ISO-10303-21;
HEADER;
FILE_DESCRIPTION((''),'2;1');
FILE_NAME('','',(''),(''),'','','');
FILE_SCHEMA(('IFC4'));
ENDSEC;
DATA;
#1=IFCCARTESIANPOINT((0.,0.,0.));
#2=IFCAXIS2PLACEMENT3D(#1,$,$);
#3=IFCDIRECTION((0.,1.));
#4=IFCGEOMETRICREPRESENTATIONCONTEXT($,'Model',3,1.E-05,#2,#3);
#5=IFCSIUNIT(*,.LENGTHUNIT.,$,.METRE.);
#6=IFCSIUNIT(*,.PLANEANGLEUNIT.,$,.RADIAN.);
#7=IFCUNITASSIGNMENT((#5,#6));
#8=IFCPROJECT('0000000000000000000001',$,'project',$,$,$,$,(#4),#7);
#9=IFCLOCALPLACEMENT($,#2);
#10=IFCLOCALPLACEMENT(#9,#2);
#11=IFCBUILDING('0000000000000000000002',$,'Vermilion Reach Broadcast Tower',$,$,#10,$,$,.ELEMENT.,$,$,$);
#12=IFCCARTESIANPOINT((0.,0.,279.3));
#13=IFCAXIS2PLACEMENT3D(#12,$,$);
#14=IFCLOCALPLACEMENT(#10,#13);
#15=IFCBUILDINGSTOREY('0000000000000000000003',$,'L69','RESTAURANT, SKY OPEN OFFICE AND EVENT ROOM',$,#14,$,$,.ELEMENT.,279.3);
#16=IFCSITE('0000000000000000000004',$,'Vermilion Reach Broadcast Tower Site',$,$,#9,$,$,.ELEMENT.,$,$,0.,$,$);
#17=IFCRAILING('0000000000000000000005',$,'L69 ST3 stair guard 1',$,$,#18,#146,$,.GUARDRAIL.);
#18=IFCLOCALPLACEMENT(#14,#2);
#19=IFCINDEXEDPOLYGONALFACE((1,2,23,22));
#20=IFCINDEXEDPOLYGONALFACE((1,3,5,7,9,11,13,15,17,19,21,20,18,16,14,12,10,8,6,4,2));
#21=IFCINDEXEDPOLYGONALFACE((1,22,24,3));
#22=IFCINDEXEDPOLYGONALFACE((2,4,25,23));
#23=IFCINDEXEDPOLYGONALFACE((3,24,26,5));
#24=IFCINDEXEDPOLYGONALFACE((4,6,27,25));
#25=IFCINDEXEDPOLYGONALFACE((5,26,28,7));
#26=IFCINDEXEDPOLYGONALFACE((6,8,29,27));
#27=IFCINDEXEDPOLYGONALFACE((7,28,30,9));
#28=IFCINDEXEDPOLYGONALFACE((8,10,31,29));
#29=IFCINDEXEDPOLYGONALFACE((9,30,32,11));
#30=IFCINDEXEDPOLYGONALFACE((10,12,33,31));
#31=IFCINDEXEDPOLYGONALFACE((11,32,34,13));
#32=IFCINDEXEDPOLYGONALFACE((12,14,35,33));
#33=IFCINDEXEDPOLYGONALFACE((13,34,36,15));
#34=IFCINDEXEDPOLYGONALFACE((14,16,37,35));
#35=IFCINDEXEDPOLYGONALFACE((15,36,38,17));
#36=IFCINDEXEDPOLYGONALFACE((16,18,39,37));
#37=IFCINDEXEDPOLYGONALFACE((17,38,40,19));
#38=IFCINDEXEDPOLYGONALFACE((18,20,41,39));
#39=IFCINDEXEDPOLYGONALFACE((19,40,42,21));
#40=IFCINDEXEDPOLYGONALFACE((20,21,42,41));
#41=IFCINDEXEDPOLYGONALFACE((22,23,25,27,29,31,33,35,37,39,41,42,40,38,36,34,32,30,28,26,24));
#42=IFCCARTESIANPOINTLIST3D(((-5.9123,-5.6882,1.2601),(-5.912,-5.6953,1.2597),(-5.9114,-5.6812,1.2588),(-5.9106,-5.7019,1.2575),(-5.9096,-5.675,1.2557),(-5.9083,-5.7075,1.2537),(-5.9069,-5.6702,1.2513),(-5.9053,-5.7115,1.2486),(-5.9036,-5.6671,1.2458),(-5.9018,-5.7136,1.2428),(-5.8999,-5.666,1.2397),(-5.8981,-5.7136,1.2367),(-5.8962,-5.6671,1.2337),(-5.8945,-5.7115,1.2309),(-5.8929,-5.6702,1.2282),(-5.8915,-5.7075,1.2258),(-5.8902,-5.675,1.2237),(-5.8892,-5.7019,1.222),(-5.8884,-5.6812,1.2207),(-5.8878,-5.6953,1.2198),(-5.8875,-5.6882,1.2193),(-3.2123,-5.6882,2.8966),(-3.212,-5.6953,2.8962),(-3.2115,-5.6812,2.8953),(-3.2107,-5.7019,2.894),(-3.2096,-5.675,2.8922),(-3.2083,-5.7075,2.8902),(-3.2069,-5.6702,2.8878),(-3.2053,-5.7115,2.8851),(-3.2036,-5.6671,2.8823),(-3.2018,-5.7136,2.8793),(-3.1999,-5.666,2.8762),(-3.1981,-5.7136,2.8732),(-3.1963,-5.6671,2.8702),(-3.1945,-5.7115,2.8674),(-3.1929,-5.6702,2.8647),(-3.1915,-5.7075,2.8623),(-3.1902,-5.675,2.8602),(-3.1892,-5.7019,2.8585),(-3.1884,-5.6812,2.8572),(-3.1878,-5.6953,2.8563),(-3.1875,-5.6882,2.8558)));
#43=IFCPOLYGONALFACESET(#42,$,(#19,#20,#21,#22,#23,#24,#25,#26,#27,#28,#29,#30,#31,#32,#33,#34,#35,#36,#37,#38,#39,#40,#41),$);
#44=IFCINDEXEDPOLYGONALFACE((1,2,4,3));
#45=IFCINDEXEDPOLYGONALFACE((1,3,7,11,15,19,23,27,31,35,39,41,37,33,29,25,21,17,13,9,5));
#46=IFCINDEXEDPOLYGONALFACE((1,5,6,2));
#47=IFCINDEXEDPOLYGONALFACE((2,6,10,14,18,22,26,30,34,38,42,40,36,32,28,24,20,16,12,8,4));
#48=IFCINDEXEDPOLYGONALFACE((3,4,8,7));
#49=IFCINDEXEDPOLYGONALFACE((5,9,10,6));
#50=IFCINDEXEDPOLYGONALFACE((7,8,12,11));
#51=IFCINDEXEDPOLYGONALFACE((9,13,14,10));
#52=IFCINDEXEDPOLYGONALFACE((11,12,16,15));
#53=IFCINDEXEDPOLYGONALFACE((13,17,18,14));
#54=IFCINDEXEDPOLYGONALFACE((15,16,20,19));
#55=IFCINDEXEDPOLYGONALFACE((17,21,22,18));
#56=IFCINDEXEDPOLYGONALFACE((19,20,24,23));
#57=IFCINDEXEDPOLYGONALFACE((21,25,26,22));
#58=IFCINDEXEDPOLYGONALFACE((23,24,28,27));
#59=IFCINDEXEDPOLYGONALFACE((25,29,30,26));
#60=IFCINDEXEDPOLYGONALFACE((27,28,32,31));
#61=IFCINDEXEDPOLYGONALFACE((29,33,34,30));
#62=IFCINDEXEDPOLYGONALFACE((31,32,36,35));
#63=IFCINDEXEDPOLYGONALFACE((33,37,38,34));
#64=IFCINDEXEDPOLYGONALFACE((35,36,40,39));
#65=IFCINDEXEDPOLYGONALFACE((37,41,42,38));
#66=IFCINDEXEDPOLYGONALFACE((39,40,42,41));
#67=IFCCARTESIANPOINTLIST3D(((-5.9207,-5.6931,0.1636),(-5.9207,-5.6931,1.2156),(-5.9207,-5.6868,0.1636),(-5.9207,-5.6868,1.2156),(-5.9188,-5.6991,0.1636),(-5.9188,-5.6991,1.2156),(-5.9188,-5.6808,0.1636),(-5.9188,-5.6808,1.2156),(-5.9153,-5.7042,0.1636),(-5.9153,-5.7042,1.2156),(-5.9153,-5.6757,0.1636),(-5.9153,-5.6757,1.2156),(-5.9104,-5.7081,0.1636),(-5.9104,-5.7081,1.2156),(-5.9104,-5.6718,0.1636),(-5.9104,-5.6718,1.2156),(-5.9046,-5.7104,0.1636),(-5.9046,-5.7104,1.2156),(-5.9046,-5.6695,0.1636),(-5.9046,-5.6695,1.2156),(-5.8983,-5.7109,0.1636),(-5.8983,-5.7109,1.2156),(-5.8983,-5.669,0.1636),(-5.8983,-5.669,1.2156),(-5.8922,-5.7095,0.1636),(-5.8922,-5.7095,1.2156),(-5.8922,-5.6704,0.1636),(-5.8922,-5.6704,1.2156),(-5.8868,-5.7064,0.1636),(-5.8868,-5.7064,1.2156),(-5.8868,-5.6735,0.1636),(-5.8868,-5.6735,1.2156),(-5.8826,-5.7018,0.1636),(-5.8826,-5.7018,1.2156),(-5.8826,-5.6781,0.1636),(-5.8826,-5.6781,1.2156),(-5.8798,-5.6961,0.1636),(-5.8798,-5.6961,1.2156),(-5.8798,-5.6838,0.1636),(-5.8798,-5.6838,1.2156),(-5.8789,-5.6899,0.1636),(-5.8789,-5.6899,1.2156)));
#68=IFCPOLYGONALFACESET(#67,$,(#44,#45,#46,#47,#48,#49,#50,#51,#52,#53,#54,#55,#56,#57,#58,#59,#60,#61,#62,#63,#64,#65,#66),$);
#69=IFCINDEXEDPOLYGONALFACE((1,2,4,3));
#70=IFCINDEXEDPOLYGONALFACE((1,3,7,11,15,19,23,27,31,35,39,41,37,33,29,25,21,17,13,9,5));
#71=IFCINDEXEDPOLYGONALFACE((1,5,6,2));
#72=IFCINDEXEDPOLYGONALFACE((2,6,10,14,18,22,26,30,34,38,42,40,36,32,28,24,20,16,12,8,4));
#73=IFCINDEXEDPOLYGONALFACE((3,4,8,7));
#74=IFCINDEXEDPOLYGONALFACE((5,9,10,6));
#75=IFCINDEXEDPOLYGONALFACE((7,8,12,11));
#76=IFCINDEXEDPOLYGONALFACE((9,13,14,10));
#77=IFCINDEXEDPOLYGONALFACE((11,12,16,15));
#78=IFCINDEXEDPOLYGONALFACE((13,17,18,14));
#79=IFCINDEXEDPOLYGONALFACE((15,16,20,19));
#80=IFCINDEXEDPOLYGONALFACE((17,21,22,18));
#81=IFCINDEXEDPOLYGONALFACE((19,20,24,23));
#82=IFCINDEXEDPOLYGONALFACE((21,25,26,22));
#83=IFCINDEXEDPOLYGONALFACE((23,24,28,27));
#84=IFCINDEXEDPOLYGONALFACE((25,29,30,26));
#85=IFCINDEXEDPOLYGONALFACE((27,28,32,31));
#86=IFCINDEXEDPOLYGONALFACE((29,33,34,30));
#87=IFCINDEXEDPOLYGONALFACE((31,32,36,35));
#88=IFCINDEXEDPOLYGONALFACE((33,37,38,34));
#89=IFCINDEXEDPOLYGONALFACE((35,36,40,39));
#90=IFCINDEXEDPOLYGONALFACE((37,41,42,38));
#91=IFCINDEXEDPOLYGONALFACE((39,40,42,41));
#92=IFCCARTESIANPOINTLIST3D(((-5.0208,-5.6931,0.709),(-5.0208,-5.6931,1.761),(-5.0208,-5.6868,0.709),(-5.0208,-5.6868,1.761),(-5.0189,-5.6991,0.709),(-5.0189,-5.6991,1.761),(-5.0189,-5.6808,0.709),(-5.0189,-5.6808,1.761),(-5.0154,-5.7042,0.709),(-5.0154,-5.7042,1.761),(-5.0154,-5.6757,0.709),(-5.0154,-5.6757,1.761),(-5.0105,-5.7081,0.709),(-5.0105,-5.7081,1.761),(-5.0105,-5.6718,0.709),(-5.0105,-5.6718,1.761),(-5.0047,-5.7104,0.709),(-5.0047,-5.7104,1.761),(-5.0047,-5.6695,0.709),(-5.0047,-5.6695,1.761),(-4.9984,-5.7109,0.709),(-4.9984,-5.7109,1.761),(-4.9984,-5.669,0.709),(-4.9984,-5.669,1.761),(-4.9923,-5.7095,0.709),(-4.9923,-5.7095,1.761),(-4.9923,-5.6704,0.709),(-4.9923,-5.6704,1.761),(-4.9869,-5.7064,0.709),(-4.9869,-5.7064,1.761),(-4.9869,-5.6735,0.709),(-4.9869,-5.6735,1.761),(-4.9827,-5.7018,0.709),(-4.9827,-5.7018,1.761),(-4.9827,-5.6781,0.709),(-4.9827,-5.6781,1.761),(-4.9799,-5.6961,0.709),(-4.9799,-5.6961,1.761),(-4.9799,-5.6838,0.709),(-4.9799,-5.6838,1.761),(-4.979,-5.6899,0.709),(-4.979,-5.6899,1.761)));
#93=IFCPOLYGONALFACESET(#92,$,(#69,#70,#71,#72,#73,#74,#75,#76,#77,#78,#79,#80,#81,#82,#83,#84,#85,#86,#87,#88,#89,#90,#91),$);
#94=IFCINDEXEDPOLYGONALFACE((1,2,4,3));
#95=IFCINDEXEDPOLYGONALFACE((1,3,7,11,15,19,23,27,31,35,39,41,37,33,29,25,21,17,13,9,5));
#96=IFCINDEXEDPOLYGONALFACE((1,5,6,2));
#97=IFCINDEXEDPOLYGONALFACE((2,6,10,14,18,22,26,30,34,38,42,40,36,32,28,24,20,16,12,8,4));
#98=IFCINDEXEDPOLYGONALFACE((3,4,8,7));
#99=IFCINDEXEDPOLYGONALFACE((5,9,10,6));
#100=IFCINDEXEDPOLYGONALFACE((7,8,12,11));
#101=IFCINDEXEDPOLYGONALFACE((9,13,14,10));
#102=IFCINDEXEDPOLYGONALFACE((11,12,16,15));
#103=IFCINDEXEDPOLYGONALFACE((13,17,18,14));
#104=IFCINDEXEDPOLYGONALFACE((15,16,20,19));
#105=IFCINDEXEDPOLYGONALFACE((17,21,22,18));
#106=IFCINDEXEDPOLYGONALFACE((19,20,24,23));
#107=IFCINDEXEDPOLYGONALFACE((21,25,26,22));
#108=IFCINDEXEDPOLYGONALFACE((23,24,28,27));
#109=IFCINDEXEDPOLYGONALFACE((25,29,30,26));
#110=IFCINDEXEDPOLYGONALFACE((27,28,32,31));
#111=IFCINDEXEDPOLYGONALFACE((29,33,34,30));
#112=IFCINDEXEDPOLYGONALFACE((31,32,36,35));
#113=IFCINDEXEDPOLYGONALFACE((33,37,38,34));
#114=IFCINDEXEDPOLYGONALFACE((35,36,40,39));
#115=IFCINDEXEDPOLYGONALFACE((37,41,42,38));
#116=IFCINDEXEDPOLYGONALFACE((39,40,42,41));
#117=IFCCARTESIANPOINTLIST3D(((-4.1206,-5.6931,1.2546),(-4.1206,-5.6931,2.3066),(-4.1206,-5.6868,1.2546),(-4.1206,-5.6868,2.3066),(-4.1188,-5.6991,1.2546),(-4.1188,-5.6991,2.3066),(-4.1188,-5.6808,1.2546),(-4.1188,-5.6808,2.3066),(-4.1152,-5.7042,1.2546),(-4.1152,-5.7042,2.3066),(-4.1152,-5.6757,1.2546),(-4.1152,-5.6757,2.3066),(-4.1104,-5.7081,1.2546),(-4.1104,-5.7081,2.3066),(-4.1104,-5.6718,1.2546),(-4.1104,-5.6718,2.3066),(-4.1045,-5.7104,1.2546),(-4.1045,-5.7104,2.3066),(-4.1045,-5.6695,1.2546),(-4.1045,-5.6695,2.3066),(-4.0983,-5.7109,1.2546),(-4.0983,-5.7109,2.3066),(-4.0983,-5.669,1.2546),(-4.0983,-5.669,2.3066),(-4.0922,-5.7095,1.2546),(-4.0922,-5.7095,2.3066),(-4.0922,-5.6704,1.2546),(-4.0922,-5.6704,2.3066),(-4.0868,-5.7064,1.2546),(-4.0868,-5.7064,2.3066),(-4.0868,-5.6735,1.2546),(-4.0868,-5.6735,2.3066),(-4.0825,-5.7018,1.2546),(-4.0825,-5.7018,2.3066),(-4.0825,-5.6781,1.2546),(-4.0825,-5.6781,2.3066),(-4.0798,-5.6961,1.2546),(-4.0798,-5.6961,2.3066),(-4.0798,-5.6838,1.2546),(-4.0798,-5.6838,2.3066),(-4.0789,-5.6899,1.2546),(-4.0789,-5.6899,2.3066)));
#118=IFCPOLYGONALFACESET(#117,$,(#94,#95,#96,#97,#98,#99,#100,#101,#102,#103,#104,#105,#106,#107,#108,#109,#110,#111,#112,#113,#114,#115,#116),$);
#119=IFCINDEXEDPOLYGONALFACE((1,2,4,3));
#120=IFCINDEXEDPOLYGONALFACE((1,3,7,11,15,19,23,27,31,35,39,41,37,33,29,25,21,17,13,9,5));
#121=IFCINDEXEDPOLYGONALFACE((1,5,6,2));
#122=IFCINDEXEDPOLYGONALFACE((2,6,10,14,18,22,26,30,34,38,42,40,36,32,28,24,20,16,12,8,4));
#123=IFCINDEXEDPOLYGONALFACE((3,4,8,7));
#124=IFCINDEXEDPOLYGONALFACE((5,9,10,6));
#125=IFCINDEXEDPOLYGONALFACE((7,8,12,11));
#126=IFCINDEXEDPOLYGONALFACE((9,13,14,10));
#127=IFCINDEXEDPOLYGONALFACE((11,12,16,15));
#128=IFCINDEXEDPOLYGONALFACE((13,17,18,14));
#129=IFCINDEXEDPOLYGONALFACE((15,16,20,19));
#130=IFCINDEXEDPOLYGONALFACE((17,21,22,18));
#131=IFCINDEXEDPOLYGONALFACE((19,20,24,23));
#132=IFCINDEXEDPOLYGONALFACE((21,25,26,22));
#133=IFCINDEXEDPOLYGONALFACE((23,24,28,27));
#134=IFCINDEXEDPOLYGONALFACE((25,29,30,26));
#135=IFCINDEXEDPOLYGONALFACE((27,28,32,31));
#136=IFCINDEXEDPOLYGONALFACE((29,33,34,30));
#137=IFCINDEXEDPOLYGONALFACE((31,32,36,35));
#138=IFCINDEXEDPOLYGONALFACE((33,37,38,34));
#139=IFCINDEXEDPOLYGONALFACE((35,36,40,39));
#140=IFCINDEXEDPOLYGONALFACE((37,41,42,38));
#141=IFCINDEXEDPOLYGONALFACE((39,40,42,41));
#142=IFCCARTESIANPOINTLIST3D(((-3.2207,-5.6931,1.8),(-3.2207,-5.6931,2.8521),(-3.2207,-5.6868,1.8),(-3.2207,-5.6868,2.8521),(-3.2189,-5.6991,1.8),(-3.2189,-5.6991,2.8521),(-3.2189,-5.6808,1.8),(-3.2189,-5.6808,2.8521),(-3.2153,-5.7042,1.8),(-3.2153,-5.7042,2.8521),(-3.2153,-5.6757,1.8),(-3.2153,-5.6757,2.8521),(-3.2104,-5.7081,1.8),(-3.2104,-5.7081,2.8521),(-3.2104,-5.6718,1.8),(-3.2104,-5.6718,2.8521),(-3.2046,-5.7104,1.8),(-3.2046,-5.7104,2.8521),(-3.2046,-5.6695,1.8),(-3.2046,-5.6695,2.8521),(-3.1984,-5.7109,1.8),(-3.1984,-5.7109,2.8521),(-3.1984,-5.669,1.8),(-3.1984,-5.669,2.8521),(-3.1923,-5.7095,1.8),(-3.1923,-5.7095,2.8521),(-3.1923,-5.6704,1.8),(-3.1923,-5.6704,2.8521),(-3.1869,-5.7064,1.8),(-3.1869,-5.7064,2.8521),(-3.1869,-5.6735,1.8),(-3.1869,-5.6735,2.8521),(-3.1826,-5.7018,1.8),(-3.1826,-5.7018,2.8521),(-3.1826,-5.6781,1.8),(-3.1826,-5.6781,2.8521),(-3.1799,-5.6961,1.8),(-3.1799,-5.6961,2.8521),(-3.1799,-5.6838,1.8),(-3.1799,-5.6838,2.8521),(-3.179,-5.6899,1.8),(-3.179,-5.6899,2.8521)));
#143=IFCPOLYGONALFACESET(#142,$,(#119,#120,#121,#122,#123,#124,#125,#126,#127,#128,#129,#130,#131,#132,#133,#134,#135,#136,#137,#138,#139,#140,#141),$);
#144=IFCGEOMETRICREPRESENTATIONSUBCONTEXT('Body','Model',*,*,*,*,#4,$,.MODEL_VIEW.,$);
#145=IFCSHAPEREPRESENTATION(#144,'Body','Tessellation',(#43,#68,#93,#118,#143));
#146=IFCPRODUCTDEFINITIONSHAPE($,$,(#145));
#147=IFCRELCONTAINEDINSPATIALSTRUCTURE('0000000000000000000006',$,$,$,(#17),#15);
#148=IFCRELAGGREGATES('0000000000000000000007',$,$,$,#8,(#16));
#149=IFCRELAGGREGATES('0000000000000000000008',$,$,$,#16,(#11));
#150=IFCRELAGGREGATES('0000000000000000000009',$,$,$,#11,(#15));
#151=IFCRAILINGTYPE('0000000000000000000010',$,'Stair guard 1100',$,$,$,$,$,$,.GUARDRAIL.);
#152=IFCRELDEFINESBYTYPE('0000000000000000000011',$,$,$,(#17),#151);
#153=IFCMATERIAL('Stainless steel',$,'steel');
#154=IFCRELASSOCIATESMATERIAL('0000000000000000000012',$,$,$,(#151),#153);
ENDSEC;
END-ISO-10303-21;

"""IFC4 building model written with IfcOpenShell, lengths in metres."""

from ifc_helpers import new_model, si_unit, direction, frame, origin, origin_2d, place, context, subcontext, project, spatial, circle, extrude, material, type_object, element, save


model = new_model("IFC4")

# Units and contexts
model_context = context("Model", 3, precision=1e-05, world=origin(), true_north=direction((0.0, 1.0)))
body_context = subcontext(model_context, "Body", "Model", "MODEL_VIEW")
ifc_project = project(units=[si_unit("LENGTHUNIT", "METRE"), si_unit("PLANEANGLEUNIT", "RADIAN")], contexts=[model_context])

# Site, building, storey
site_placement = place(None, origin())
site = spatial("IfcSite", under=ifc_project, at=site_placement, Name="Vermilion Reach Broadcast Tower Site", CompositionType="ELEMENT", RefElevation=0.0)
building_placement = place(site_placement, origin())
building = spatial("IfcBuilding", under=site, at=building_placement, Name="Vermilion Reach Broadcast Tower", CompositionType="ELEMENT")
storey_placement = place(building_placement, frame((0.0, 0.0, 279.3)))
storey = spatial("IfcBuildingStorey", under=building, at=storey_placement, Name="L69", Description="RESTAURANT, SKY OPEN OFFICE AND EVENT ROOM", CompositionType="ELEMENT", Elevation=279.3)

# Railing
ifc_material_1 = material(Name="Stainless steel", Category="steel")
railing_type_1 = type_object("IfcRailingType", Name="Stair guard 1100", PredefinedType="GUARDRAIL", material=ifc_material_1)
railing_1_placement = place(storey_placement, frame((-5.8999, -5.6899, 0.1636)))
element("IfcRailing", 1, at=railing_1_placement, inside=storey, type_object=railing_type_1, Name="L69 ST3 stair guard 1", PredefinedType="GUARDRAIL", context=body_context, shape_type="SweptSolid", body=[
    extrude(circle(Radius=0.0239, at=origin_2d()), frame((0.0, 0.0, 1.0762), z_axis=(0.855178, 0.0, 0.518334), x_axis=(0.0, 1.0, 0.0)), (0.0, 0.0, 1.0), 3.1572),
    extrude(circle(Radius=0.021, at=origin_2d()), origin(), (0.0, 0.0, 1.0), 1.052),
    extrude(circle(Radius=0.021, at=origin_2d()), frame((0.8999, 0.0, 0.5454)), (0.0, 0.0, 1.0), 1.052),
    extrude(circle(Radius=0.021, at=origin_2d()), frame((1.8, 0.0, 1.0911)), (0.0, 0.0, 1.0), 1.052),
    extrude(circle(Radius=0.021, at=origin_2d()), frame((2.7, 0.0, 1.6365)), (0.0, 0.0, 1.0), 1.052),
])

save(model, "model.ifc")
